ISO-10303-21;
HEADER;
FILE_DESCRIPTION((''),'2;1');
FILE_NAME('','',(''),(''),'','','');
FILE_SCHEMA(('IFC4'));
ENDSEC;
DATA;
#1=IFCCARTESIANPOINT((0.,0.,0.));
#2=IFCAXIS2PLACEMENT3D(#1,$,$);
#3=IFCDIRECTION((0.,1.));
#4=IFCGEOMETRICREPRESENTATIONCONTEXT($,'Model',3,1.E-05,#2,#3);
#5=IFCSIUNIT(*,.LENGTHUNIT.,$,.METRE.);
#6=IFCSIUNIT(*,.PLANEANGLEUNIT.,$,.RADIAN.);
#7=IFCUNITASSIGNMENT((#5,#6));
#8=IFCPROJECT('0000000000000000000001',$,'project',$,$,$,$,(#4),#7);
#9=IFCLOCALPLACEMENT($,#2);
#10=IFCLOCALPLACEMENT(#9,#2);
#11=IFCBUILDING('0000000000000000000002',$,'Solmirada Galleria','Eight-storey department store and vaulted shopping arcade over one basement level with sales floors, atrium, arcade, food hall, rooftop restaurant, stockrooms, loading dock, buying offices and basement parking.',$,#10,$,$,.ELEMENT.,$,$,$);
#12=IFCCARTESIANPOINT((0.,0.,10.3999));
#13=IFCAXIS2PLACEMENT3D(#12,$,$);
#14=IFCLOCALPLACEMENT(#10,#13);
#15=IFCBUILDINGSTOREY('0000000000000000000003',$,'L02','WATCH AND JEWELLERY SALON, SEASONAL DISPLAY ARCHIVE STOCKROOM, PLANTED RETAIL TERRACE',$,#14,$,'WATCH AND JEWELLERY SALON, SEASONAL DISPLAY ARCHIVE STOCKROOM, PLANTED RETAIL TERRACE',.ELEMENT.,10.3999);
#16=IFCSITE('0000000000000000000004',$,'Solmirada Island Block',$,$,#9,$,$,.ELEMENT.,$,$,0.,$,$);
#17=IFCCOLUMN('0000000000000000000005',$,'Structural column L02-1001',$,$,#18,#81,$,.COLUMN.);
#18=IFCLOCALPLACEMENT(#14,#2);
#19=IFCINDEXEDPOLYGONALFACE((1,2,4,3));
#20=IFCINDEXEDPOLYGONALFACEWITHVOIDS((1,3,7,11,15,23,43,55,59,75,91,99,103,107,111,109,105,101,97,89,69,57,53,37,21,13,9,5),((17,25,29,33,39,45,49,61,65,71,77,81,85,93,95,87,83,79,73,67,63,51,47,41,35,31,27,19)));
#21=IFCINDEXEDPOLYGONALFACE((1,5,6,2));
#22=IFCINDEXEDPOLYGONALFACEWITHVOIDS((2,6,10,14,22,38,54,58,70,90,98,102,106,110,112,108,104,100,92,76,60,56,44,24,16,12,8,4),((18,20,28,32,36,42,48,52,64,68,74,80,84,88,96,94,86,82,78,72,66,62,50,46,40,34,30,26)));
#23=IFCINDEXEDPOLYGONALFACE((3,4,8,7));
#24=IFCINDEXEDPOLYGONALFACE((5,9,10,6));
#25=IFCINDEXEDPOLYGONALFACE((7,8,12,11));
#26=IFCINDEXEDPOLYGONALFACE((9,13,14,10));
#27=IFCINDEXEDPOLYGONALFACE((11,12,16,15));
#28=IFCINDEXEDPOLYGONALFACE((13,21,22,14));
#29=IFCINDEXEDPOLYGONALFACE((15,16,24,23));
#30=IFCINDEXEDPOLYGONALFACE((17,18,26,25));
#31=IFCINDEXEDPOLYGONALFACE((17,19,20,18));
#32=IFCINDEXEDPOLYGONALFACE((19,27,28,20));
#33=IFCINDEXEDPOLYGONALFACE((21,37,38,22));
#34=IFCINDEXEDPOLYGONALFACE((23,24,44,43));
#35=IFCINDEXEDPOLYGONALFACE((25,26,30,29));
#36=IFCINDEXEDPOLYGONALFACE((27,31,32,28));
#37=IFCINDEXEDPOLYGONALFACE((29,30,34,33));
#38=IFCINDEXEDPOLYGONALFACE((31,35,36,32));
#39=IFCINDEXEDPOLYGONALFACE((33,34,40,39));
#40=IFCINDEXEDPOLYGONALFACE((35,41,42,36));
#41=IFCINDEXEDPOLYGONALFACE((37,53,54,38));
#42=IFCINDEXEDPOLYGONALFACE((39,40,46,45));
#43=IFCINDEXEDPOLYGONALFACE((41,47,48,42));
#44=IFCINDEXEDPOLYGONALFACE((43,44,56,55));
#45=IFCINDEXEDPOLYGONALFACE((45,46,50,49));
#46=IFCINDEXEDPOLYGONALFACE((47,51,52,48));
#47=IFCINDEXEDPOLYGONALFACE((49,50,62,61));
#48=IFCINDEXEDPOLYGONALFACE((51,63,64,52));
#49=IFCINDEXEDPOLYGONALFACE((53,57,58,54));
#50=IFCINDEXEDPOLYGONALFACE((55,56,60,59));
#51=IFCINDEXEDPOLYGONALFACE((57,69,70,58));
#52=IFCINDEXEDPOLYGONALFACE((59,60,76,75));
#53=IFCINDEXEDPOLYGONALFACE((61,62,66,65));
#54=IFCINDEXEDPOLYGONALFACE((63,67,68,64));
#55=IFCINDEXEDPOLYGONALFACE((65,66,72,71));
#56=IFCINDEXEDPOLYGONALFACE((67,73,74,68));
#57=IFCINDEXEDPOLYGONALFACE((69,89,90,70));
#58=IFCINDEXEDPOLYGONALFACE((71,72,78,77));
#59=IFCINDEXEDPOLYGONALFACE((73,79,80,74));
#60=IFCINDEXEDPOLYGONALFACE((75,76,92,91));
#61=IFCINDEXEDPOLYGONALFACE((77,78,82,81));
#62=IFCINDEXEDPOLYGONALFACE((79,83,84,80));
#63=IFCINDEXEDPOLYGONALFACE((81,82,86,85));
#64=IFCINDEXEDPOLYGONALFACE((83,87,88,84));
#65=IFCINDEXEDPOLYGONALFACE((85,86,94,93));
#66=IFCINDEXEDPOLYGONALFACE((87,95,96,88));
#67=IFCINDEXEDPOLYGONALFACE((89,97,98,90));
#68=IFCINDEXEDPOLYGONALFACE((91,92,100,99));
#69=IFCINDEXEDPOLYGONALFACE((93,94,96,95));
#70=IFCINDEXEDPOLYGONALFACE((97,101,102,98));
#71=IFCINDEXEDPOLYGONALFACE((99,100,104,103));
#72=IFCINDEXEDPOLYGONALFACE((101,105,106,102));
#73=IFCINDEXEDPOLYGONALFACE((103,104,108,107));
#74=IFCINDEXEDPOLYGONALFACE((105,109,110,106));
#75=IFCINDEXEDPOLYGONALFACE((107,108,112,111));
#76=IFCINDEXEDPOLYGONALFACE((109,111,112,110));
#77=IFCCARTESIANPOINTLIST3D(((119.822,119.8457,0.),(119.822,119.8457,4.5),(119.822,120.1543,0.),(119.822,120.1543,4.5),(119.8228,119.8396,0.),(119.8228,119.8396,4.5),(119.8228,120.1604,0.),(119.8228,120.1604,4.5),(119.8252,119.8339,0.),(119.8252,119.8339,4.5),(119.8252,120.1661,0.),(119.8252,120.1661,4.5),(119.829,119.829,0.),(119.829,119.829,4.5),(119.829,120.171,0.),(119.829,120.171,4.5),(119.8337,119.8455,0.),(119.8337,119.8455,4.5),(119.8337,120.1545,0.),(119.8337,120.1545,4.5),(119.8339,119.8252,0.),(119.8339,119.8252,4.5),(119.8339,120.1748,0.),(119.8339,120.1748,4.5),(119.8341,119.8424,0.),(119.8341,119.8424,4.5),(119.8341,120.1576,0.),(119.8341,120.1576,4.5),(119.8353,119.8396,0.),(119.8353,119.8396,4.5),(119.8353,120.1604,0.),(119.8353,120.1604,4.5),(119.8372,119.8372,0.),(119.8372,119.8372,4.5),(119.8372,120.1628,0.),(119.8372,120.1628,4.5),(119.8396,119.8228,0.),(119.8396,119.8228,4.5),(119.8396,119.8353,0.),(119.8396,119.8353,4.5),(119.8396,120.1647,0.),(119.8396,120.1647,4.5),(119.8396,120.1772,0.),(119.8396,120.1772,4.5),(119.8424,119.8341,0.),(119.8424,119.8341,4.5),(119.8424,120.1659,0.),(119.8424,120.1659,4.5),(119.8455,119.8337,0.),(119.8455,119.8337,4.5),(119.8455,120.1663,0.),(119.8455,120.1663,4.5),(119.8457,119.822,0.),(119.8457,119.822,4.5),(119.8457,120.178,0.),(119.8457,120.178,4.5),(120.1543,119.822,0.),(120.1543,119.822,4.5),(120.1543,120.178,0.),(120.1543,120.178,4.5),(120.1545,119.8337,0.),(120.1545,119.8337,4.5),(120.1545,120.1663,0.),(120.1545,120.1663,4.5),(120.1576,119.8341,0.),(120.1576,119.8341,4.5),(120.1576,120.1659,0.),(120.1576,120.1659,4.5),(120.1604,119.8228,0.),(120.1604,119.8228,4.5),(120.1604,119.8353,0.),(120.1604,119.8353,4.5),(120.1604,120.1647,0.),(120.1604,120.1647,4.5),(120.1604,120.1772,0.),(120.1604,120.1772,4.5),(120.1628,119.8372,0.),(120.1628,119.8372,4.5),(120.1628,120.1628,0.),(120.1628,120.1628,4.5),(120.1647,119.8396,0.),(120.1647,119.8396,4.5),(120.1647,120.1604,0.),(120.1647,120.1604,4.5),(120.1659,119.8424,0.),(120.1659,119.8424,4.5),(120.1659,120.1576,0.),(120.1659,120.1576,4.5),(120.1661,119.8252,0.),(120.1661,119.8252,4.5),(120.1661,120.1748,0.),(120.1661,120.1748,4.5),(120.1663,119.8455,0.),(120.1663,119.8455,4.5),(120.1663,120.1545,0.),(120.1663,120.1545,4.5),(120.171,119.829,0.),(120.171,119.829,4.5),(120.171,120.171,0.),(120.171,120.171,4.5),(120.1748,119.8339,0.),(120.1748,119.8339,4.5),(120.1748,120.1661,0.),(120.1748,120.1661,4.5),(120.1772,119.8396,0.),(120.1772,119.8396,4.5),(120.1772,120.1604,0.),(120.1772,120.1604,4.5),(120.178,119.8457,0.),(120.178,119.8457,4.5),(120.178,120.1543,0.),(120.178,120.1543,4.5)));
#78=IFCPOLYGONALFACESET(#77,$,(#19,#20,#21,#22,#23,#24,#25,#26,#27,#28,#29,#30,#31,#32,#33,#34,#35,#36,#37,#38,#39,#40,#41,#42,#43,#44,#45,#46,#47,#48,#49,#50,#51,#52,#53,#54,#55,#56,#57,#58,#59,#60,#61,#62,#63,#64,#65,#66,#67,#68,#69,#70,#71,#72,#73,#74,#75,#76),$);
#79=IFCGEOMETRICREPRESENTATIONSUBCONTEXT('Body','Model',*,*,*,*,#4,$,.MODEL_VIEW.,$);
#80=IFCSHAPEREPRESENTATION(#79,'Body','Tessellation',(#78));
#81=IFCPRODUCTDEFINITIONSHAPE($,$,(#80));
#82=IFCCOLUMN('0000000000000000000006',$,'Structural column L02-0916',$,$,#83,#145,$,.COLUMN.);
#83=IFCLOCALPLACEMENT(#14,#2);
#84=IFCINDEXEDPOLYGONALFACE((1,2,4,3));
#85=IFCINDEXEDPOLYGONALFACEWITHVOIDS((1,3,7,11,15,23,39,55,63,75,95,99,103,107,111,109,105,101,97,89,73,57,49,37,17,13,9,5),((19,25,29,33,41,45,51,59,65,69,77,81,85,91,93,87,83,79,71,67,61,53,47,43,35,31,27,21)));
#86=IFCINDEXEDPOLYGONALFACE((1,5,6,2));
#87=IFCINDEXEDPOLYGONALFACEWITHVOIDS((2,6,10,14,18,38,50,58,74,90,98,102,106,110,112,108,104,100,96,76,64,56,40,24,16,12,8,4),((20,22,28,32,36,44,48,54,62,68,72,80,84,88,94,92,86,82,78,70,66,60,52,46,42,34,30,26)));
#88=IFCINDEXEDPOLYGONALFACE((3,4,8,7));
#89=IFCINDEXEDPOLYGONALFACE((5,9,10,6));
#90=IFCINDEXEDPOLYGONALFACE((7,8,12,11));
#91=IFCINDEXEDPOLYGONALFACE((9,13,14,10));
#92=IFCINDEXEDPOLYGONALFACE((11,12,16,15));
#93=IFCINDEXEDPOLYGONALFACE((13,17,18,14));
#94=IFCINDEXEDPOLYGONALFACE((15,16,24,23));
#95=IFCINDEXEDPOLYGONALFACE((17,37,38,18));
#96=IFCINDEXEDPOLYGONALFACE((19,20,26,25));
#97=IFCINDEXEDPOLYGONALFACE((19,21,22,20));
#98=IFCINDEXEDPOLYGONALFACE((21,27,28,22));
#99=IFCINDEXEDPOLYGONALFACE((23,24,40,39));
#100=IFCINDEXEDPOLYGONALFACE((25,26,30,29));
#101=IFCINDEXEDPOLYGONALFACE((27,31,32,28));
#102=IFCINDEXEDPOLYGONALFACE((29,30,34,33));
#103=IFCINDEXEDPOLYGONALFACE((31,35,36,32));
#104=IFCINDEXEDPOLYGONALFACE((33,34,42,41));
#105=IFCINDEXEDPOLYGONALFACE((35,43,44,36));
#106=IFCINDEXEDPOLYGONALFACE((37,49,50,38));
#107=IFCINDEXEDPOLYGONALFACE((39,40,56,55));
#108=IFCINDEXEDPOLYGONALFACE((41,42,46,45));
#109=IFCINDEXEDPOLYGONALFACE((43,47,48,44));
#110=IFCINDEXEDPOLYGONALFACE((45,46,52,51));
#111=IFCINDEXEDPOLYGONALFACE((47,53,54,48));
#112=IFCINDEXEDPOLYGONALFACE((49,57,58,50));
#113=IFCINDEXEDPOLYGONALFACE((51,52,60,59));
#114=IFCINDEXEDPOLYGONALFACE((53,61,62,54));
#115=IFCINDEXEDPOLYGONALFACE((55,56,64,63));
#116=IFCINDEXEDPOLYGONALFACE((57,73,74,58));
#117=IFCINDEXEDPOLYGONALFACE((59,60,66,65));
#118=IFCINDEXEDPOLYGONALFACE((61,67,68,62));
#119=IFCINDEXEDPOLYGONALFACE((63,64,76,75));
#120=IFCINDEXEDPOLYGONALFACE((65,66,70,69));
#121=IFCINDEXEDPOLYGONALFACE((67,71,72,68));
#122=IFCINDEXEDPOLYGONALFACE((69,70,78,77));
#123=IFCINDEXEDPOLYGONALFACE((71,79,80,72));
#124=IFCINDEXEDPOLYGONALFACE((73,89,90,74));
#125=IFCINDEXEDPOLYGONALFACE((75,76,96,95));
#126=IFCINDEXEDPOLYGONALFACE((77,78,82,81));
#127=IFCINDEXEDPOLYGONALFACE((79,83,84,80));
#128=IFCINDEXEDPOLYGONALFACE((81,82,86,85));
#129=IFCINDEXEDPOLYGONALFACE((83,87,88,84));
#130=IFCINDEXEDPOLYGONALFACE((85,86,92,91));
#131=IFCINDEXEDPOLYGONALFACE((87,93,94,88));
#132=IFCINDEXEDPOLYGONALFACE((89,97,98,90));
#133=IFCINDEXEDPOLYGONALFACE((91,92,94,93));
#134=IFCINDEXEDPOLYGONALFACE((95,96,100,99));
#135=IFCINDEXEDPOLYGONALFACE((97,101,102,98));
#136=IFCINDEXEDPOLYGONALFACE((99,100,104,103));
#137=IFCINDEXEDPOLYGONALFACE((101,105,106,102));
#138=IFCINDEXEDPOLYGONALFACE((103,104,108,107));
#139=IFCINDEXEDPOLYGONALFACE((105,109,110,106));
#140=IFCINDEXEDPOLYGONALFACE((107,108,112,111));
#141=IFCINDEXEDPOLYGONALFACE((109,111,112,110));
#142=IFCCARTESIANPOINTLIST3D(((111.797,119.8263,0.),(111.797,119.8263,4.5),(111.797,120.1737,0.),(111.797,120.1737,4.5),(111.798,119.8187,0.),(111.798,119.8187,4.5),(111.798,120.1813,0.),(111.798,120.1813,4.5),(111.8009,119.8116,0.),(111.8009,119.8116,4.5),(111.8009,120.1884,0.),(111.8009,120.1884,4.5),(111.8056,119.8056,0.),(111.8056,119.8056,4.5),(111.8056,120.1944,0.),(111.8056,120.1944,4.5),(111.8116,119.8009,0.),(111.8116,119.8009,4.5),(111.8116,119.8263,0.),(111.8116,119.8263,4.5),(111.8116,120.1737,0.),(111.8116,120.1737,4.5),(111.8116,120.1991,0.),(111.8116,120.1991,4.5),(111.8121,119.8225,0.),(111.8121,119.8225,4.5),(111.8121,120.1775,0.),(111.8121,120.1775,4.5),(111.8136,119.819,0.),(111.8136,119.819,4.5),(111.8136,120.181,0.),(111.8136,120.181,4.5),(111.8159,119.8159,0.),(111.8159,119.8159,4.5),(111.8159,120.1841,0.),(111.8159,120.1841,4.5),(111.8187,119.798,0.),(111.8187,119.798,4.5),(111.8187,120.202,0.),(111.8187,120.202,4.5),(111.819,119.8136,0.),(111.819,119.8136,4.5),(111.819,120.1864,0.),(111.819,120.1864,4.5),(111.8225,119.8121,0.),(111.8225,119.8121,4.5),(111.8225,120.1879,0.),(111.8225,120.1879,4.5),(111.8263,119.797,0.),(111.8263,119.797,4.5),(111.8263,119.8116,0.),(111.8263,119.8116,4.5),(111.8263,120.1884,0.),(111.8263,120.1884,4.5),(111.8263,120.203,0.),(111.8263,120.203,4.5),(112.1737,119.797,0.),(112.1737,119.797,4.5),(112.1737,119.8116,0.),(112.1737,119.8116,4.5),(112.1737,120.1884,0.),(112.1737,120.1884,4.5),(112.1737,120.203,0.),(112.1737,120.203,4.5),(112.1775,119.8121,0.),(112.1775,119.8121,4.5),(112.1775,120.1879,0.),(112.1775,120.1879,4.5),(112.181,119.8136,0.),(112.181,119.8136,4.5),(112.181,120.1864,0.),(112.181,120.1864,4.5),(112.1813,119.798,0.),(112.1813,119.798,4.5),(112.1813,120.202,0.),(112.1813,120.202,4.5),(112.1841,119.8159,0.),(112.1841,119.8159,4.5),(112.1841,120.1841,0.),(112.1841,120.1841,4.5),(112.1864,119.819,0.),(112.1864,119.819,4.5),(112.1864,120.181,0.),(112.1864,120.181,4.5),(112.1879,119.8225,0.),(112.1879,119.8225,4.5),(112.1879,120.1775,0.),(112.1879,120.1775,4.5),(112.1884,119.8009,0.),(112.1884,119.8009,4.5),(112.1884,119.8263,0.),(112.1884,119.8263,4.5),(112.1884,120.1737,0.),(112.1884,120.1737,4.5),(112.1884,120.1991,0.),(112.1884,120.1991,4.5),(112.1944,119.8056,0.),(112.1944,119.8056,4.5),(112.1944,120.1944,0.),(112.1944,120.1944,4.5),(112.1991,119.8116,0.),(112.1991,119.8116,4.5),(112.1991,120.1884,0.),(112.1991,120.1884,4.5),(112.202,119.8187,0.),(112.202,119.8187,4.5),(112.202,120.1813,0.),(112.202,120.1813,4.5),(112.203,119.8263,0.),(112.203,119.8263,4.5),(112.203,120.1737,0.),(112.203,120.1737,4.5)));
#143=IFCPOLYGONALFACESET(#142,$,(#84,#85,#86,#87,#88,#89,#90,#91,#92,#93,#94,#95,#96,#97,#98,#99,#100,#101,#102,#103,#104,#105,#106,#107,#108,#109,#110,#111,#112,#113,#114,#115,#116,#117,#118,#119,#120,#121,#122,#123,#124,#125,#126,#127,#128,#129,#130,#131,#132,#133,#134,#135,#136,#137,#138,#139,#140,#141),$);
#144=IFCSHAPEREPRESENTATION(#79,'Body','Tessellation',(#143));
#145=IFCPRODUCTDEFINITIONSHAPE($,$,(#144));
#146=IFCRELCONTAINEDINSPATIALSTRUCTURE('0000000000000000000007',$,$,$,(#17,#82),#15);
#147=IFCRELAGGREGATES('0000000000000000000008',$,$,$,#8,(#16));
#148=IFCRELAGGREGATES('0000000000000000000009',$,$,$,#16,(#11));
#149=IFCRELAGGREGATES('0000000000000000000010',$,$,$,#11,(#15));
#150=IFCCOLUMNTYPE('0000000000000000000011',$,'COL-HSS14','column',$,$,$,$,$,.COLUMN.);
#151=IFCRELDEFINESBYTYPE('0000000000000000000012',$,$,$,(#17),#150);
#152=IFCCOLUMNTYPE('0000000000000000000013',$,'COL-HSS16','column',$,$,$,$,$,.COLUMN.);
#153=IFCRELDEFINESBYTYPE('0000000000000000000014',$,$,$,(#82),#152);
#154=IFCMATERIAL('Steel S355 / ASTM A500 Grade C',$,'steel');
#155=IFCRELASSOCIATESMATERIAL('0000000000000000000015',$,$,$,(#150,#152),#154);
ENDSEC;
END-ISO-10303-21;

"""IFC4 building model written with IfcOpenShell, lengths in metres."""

from ifc_helpers import new_model, si_unit, direction, frame, origin, origin_2d, place, context, subcontext, project, spatial, hollow_rectangle, extrude, material, material_profile, profile_set, type_object, element, save


model = new_model("IFC4")

# Units and contexts
model_context = context("Model", 3, precision=1e-05, world=origin(), true_north=direction((0.0, 1.0)))
body_context = subcontext(model_context, "Body", "Model", "MODEL_VIEW")
ifc_project = project(units=[si_unit("LENGTHUNIT", "METRE"), si_unit("PLANEANGLEUNIT", "RADIAN")], contexts=[model_context])

# Site, building, storey
site_placement = place(None, origin())
site = spatial("IfcSite", under=ifc_project, at=site_placement, Name="Solmirada Island Block", CompositionType="ELEMENT", RefElevation=0.0)
building_placement = place(site_placement, origin())
building = spatial("IfcBuilding", under=site, at=building_placement, Name="Solmirada Galleria", Description="Eight-storey department store and vaulted shopping arcade over one basement level with sales floors, atrium, arcade, food hall, rooftop restaurant, stockrooms, loading dock, buying offices and basement parking.", CompositionType="ELEMENT")
storey_placement = place(building_placement, frame((0.0, 0.0, 10.3999)))
storey = spatial("IfcBuildingStorey", under=building, at=storey_placement, Name="L02", Description="WATCH AND JEWELLERY SALON, SEASONAL DISPLAY ARCHIVE STOCKROOM, PLANTED RETAIL TERRACE", LongName="WATCH AND JEWELLERY SALON, SEASONAL DISPLAY ARCHIVE STOCKROOM, PLANTED RETAIL TERRACE", CompositionType="ELEMENT", Elevation=10.3999)

# Columns
ifc_material_1 = material(Name="Steel S355 / ASTM A500 Grade C", Category="steel")
ifc_material_profile_1 = material_profile(ifc_material_1, hollow_rectangle(XDim=0.356, YDim=0.356, WallThickness=0.0117, InnerFilletRadius=0.0117, OuterFilletRadius=0.0237, at=origin_2d()), Name="HSS14X14X1/2")
ifc_profile_set_1 = profile_set([ifc_material_profile_1], Name="Steel S355 / ASTM A500 Grade C")
column_type_1 = type_object("IfcColumnType", Name="COL-HSS14", Description="column", PredefinedType="COLUMN", material=ifc_profile_set_1)
column_1_placement = place(storey_placement, frame((120.0, 120.0, 0.0), z_axis=(0.0, 0.0, 1.0), x_axis=(1.0, 0.0, 0.0)))
element("IfcColumn", 1, at=column_1_placement, inside=storey, type_object=column_type_1, Name="Structural column L02-1001", PredefinedType="COLUMN", context=body_context, shape_type="SweptSolid", body=[
    extrude(hollow_rectangle(XDim=0.356, YDim=0.356, WallThickness=0.0117, InnerFilletRadius=0.0117, OuterFilletRadius=0.0237, at=origin_2d()), origin(), (0.0, 0.0, 1.0), 4.5),
])
ifc_material_profile_2 = material_profile(ifc_material_1, hollow_rectangle(XDim=0.406, YDim=0.406, WallThickness=0.0146, InnerFilletRadius=0.0146, OuterFilletRadius=0.0293, at=origin_2d()), Name="HSS16X16X5/8")
ifc_profile_set_2 = profile_set([ifc_material_profile_2], Name="Steel S355 / ASTM A500 Grade C")
column_type_2 = type_object("IfcColumnType", Name="COL-HSS16", Description="column", PredefinedType="COLUMN", material=ifc_profile_set_2)
column_2_placement = place(storey_placement, frame((112.0, 120.0, 0.0), z_axis=(0.0, 0.0, 1.0), x_axis=(1.0, 0.0, 0.0)))
element("IfcColumn", 2, at=column_2_placement, inside=storey, type_object=column_type_2, Name="Structural column L02-0916", PredefinedType="COLUMN", context=body_context, shape_type="SweptSolid", body=[
    extrude(hollow_rectangle(XDim=0.406, YDim=0.406, WallThickness=0.0146, InnerFilletRadius=0.0146, OuterFilletRadius=0.0293, at=origin_2d()), origin(), (0.0, 0.0, 1.0), 4.5),
])

save(model, "model.ifc")
